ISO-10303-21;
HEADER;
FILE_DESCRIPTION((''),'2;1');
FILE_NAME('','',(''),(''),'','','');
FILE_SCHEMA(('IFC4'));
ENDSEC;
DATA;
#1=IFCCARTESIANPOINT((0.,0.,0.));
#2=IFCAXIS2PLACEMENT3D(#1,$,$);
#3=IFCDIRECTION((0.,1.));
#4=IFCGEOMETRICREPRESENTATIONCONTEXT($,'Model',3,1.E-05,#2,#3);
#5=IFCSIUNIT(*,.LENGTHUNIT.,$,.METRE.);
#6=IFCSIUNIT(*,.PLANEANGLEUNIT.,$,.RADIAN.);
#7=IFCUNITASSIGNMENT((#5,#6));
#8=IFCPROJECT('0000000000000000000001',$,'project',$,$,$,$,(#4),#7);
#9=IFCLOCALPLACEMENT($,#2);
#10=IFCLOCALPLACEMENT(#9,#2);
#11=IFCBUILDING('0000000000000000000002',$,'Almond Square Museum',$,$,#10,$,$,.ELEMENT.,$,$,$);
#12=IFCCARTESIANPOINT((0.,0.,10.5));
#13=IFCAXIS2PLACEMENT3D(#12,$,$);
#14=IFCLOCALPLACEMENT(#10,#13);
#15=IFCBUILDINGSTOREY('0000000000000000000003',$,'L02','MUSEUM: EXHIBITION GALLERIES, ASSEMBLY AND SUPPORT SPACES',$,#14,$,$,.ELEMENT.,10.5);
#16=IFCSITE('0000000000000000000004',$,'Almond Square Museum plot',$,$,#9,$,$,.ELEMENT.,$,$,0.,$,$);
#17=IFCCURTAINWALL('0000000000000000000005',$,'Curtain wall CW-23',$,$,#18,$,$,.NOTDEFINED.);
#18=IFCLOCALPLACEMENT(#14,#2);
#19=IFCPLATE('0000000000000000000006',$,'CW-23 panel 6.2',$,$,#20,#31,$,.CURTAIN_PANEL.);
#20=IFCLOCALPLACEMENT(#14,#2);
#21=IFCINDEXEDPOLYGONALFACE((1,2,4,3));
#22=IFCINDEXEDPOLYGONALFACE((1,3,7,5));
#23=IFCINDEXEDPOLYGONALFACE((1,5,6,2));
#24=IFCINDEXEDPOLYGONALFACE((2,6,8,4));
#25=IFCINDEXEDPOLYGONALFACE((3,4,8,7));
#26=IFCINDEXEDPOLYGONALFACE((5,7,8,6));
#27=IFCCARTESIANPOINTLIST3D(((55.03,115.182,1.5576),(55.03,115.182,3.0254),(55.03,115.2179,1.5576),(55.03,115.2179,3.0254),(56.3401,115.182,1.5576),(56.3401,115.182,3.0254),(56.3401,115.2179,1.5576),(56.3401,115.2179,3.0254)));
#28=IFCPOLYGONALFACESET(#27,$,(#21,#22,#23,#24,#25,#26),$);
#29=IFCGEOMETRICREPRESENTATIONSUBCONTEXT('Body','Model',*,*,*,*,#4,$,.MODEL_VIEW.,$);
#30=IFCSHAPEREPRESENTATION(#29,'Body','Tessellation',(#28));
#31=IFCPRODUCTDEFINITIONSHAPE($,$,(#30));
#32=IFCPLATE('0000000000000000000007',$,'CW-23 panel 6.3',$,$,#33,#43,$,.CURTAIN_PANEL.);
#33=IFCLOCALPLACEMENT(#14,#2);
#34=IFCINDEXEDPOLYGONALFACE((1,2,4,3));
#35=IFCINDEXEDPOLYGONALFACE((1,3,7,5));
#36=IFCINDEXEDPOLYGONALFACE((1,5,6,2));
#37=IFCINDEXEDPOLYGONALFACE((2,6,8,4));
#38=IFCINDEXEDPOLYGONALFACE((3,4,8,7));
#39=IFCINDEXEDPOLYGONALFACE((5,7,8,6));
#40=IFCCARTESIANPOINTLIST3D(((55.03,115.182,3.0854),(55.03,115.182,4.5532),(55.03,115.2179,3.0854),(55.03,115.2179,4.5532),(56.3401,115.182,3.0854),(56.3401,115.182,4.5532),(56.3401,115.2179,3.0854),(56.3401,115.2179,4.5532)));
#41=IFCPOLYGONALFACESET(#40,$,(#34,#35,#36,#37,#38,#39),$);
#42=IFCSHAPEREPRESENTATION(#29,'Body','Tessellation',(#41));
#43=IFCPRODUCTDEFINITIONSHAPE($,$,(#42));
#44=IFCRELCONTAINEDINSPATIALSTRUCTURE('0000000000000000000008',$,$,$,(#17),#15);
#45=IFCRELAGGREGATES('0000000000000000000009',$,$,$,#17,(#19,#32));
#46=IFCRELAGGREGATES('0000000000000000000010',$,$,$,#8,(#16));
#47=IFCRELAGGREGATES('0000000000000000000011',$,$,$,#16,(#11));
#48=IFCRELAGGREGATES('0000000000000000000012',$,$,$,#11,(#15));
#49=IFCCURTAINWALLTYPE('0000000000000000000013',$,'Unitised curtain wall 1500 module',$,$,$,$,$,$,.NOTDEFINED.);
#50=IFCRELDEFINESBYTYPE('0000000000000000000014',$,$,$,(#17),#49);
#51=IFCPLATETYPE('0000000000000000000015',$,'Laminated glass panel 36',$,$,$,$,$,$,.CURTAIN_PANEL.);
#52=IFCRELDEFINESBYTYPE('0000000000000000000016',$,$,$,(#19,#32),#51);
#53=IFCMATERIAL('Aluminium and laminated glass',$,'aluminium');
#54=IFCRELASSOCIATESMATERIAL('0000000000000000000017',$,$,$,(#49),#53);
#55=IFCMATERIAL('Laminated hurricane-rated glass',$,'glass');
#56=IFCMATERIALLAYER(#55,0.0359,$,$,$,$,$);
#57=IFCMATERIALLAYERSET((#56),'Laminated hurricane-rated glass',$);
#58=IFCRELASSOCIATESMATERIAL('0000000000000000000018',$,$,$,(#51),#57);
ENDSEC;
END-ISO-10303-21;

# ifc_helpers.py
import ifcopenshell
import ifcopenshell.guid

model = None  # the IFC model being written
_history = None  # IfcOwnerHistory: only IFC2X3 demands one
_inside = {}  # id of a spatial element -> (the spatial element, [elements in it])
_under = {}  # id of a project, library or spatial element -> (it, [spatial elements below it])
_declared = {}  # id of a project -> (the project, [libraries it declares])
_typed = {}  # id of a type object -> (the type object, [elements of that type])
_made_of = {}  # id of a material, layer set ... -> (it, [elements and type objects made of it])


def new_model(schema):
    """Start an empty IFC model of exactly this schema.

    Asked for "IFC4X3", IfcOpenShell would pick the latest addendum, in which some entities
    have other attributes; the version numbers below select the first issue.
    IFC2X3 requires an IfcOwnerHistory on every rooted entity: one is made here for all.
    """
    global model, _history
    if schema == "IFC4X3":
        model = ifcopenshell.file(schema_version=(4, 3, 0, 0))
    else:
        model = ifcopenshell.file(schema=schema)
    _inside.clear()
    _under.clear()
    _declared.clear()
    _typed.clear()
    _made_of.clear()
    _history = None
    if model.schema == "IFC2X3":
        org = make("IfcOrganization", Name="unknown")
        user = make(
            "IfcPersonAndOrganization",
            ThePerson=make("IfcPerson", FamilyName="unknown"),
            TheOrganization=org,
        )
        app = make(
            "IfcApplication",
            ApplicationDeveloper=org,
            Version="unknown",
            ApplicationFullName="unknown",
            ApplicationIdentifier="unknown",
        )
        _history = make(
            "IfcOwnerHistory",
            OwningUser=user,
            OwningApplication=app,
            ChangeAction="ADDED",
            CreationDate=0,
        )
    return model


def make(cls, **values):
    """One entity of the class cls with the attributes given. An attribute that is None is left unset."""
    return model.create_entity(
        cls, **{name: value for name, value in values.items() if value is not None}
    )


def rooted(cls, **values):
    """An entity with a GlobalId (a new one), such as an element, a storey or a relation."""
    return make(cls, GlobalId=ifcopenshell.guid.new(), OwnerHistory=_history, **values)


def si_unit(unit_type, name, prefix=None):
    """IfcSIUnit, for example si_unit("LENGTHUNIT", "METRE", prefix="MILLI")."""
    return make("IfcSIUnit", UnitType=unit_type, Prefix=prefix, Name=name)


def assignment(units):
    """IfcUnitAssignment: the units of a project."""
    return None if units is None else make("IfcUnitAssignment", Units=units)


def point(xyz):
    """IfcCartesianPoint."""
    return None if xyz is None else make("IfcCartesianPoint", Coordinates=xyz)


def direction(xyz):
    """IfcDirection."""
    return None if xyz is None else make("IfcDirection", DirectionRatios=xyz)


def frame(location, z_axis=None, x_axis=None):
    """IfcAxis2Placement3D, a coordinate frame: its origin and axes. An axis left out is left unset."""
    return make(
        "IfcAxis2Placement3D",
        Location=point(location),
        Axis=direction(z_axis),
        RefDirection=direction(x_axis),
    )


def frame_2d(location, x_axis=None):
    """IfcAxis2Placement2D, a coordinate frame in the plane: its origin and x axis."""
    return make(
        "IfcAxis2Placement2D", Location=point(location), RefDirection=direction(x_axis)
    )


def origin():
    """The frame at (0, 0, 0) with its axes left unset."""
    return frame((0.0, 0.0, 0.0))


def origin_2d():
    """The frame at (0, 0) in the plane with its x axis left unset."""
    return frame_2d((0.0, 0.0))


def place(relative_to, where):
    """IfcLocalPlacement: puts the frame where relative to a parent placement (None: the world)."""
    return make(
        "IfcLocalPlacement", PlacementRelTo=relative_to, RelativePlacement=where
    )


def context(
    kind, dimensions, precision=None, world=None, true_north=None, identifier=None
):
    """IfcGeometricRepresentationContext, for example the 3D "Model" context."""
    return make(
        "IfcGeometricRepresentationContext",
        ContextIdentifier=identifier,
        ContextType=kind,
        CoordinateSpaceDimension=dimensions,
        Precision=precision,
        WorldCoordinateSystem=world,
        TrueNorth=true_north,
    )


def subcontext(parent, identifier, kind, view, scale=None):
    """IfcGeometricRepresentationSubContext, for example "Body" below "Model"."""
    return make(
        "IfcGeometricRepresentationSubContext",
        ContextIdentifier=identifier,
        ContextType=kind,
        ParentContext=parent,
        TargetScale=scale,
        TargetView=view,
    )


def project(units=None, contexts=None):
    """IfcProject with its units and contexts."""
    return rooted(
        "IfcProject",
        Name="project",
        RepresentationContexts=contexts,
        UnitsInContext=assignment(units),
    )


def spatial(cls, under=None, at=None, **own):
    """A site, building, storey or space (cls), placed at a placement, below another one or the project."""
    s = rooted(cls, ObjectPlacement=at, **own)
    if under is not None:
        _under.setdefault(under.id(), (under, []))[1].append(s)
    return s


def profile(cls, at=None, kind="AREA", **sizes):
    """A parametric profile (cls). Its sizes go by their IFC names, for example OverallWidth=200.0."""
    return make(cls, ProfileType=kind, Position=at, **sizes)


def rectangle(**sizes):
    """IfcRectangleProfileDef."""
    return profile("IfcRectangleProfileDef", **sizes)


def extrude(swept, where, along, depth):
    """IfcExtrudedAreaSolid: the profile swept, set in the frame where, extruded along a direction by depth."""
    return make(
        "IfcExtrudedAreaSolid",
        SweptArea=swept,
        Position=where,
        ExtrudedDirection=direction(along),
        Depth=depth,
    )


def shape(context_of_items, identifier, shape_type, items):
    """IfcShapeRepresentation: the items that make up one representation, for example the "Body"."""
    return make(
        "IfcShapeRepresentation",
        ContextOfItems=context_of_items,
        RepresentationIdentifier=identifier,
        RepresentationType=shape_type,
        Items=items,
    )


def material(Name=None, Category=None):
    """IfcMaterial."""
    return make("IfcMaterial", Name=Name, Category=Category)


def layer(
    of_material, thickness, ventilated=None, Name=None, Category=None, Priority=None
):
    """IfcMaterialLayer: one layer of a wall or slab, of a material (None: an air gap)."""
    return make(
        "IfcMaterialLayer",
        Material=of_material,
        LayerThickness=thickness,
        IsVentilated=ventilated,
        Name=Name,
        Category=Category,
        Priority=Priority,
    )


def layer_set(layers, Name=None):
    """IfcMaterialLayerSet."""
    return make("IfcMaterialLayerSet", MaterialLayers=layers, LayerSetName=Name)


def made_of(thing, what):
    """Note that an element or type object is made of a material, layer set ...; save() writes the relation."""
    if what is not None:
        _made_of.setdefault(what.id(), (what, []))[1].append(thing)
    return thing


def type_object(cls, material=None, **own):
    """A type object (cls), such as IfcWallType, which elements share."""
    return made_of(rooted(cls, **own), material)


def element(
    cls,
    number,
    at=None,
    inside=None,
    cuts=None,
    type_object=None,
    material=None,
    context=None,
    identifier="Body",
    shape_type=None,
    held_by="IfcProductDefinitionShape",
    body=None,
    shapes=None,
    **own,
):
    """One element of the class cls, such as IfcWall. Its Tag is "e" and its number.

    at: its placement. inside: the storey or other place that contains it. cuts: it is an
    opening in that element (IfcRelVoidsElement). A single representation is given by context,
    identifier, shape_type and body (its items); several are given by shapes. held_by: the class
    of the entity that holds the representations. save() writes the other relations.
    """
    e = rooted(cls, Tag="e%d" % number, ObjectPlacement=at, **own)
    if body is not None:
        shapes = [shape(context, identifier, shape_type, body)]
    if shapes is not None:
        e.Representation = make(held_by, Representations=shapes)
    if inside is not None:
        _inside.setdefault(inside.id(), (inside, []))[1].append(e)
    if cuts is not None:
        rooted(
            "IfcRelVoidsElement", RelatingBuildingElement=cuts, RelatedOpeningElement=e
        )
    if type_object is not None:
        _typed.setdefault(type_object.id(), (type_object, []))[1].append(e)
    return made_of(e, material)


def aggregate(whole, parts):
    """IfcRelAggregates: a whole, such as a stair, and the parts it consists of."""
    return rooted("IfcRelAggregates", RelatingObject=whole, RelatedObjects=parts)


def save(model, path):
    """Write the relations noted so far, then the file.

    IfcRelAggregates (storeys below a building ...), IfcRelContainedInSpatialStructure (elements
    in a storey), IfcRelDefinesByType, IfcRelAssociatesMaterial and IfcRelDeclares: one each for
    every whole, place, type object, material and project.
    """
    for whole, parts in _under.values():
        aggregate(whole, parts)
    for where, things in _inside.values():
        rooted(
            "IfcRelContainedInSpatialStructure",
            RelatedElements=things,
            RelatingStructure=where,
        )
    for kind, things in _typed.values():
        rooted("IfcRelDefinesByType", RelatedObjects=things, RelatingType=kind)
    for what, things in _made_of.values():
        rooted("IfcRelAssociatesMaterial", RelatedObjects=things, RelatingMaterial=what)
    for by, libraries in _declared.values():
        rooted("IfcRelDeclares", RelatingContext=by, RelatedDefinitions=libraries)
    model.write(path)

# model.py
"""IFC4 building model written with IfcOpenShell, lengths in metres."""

from ifc_helpers import new_model, si_unit, direction, frame, origin, origin_2d, place, context, subcontext, project, spatial, rectangle, extrude, material, layer, layer_set, type_object, element, aggregate, save


model = new_model("IFC4")

# Units and contexts
model_context = context("Model", 3, precision=1e-05, world=origin(), true_north=direction((0.0, 1.0)))
body_context = subcontext(model_context, "Body", "Model", "MODEL_VIEW")
ifc_project = project(units=[si_unit("LENGTHUNIT", "METRE"), si_unit("PLANEANGLEUNIT", "RADIAN")], contexts=[model_context])

# Site, building, storey
site_placement = place(None, origin())
site = spatial("IfcSite", under=ifc_project, at=site_placement, Name="Almond Square Museum plot", CompositionType="ELEMENT", RefElevation=0.0)
building_placement = place(site_placement, origin())
building = spatial("IfcBuilding", under=site, at=building_placement, Name="Almond Square Museum", CompositionType="ELEMENT")
storey_placement = place(building_placement, frame((0.0, 0.0, 10.5)))
storey = spatial("IfcBuildingStorey", under=building, at=storey_placement, Name="L02", Description="MUSEUM: EXHIBITION GALLERIES, ASSEMBLY AND SUPPORT SPACES", CompositionType="ELEMENT", Elevation=10.5)

# Curtain wall
ifc_material_1 = material(Name="Aluminium and laminated glass", Category="aluminium")
curtain_wall_type = type_object("IfcCurtainWallType", Name="Unitised curtain wall 1500 module", PredefinedType="NOTDEFINED", material=ifc_material_1)
curtain_wall_1_placement = place(storey_placement, origin())
curtain_wall_1 = element("IfcCurtainWall", 1, at=curtain_wall_1_placement, inside=storey, type_object=curtain_wall_type, Name="Curtain wall CW-23", PredefinedType="NOTDEFINED")

# Plates
ifc_material_2 = material(Name="Laminated hurricane-rated glass", Category="glass")
ifc_layer = layer(ifc_material_2, 0.0359)
ifc_layer_set = layer_set([ifc_layer], Name="Laminated hurricane-rated glass")
plate_type = type_object("IfcPlateType", Name="Laminated glass panel 36", PredefinedType="CURTAIN_PANEL", material=ifc_layer_set)
plate_1_placement = place(storey_placement, frame((55.6851, 115.2, 1.5576), z_axis=(0.0, 0.0, 1.0), x_axis=(1.0, 0.0, 0.0)))
plate_1 = element("IfcPlate", 2, at=plate_1_placement, type_object=plate_type, Name="CW-23 panel 6.2", PredefinedType="CURTAIN_PANEL", context=body_context, shape_type="SweptSolid", body=[
    extrude(rectangle(XDim=1.3101, YDim=0.0359, at=origin_2d()), origin(), (0.0, 0.0, 1.0), 1.4678),
])
plate_2_placement = place(storey_placement, frame((55.6851, 115.2, 3.0854), z_axis=(0.0, 0.0, 1.0), x_axis=(1.0, 0.0, 0.0)))
plate_2 = element("IfcPlate", 3, at=plate_2_placement, type_object=plate_type, Name="CW-23 panel 6.3", PredefinedType="CURTAIN_PANEL", context=body_context, shape_type="SweptSolid", body=[
    extrude(rectangle(XDim=1.3101, YDim=0.0359, at=origin_2d()), origin(), (0.0, 0.0, 1.0), 1.4678),
])
aggregate(curtain_wall_1, [plate_1, plate_2])

save(model, "model.ifc")
